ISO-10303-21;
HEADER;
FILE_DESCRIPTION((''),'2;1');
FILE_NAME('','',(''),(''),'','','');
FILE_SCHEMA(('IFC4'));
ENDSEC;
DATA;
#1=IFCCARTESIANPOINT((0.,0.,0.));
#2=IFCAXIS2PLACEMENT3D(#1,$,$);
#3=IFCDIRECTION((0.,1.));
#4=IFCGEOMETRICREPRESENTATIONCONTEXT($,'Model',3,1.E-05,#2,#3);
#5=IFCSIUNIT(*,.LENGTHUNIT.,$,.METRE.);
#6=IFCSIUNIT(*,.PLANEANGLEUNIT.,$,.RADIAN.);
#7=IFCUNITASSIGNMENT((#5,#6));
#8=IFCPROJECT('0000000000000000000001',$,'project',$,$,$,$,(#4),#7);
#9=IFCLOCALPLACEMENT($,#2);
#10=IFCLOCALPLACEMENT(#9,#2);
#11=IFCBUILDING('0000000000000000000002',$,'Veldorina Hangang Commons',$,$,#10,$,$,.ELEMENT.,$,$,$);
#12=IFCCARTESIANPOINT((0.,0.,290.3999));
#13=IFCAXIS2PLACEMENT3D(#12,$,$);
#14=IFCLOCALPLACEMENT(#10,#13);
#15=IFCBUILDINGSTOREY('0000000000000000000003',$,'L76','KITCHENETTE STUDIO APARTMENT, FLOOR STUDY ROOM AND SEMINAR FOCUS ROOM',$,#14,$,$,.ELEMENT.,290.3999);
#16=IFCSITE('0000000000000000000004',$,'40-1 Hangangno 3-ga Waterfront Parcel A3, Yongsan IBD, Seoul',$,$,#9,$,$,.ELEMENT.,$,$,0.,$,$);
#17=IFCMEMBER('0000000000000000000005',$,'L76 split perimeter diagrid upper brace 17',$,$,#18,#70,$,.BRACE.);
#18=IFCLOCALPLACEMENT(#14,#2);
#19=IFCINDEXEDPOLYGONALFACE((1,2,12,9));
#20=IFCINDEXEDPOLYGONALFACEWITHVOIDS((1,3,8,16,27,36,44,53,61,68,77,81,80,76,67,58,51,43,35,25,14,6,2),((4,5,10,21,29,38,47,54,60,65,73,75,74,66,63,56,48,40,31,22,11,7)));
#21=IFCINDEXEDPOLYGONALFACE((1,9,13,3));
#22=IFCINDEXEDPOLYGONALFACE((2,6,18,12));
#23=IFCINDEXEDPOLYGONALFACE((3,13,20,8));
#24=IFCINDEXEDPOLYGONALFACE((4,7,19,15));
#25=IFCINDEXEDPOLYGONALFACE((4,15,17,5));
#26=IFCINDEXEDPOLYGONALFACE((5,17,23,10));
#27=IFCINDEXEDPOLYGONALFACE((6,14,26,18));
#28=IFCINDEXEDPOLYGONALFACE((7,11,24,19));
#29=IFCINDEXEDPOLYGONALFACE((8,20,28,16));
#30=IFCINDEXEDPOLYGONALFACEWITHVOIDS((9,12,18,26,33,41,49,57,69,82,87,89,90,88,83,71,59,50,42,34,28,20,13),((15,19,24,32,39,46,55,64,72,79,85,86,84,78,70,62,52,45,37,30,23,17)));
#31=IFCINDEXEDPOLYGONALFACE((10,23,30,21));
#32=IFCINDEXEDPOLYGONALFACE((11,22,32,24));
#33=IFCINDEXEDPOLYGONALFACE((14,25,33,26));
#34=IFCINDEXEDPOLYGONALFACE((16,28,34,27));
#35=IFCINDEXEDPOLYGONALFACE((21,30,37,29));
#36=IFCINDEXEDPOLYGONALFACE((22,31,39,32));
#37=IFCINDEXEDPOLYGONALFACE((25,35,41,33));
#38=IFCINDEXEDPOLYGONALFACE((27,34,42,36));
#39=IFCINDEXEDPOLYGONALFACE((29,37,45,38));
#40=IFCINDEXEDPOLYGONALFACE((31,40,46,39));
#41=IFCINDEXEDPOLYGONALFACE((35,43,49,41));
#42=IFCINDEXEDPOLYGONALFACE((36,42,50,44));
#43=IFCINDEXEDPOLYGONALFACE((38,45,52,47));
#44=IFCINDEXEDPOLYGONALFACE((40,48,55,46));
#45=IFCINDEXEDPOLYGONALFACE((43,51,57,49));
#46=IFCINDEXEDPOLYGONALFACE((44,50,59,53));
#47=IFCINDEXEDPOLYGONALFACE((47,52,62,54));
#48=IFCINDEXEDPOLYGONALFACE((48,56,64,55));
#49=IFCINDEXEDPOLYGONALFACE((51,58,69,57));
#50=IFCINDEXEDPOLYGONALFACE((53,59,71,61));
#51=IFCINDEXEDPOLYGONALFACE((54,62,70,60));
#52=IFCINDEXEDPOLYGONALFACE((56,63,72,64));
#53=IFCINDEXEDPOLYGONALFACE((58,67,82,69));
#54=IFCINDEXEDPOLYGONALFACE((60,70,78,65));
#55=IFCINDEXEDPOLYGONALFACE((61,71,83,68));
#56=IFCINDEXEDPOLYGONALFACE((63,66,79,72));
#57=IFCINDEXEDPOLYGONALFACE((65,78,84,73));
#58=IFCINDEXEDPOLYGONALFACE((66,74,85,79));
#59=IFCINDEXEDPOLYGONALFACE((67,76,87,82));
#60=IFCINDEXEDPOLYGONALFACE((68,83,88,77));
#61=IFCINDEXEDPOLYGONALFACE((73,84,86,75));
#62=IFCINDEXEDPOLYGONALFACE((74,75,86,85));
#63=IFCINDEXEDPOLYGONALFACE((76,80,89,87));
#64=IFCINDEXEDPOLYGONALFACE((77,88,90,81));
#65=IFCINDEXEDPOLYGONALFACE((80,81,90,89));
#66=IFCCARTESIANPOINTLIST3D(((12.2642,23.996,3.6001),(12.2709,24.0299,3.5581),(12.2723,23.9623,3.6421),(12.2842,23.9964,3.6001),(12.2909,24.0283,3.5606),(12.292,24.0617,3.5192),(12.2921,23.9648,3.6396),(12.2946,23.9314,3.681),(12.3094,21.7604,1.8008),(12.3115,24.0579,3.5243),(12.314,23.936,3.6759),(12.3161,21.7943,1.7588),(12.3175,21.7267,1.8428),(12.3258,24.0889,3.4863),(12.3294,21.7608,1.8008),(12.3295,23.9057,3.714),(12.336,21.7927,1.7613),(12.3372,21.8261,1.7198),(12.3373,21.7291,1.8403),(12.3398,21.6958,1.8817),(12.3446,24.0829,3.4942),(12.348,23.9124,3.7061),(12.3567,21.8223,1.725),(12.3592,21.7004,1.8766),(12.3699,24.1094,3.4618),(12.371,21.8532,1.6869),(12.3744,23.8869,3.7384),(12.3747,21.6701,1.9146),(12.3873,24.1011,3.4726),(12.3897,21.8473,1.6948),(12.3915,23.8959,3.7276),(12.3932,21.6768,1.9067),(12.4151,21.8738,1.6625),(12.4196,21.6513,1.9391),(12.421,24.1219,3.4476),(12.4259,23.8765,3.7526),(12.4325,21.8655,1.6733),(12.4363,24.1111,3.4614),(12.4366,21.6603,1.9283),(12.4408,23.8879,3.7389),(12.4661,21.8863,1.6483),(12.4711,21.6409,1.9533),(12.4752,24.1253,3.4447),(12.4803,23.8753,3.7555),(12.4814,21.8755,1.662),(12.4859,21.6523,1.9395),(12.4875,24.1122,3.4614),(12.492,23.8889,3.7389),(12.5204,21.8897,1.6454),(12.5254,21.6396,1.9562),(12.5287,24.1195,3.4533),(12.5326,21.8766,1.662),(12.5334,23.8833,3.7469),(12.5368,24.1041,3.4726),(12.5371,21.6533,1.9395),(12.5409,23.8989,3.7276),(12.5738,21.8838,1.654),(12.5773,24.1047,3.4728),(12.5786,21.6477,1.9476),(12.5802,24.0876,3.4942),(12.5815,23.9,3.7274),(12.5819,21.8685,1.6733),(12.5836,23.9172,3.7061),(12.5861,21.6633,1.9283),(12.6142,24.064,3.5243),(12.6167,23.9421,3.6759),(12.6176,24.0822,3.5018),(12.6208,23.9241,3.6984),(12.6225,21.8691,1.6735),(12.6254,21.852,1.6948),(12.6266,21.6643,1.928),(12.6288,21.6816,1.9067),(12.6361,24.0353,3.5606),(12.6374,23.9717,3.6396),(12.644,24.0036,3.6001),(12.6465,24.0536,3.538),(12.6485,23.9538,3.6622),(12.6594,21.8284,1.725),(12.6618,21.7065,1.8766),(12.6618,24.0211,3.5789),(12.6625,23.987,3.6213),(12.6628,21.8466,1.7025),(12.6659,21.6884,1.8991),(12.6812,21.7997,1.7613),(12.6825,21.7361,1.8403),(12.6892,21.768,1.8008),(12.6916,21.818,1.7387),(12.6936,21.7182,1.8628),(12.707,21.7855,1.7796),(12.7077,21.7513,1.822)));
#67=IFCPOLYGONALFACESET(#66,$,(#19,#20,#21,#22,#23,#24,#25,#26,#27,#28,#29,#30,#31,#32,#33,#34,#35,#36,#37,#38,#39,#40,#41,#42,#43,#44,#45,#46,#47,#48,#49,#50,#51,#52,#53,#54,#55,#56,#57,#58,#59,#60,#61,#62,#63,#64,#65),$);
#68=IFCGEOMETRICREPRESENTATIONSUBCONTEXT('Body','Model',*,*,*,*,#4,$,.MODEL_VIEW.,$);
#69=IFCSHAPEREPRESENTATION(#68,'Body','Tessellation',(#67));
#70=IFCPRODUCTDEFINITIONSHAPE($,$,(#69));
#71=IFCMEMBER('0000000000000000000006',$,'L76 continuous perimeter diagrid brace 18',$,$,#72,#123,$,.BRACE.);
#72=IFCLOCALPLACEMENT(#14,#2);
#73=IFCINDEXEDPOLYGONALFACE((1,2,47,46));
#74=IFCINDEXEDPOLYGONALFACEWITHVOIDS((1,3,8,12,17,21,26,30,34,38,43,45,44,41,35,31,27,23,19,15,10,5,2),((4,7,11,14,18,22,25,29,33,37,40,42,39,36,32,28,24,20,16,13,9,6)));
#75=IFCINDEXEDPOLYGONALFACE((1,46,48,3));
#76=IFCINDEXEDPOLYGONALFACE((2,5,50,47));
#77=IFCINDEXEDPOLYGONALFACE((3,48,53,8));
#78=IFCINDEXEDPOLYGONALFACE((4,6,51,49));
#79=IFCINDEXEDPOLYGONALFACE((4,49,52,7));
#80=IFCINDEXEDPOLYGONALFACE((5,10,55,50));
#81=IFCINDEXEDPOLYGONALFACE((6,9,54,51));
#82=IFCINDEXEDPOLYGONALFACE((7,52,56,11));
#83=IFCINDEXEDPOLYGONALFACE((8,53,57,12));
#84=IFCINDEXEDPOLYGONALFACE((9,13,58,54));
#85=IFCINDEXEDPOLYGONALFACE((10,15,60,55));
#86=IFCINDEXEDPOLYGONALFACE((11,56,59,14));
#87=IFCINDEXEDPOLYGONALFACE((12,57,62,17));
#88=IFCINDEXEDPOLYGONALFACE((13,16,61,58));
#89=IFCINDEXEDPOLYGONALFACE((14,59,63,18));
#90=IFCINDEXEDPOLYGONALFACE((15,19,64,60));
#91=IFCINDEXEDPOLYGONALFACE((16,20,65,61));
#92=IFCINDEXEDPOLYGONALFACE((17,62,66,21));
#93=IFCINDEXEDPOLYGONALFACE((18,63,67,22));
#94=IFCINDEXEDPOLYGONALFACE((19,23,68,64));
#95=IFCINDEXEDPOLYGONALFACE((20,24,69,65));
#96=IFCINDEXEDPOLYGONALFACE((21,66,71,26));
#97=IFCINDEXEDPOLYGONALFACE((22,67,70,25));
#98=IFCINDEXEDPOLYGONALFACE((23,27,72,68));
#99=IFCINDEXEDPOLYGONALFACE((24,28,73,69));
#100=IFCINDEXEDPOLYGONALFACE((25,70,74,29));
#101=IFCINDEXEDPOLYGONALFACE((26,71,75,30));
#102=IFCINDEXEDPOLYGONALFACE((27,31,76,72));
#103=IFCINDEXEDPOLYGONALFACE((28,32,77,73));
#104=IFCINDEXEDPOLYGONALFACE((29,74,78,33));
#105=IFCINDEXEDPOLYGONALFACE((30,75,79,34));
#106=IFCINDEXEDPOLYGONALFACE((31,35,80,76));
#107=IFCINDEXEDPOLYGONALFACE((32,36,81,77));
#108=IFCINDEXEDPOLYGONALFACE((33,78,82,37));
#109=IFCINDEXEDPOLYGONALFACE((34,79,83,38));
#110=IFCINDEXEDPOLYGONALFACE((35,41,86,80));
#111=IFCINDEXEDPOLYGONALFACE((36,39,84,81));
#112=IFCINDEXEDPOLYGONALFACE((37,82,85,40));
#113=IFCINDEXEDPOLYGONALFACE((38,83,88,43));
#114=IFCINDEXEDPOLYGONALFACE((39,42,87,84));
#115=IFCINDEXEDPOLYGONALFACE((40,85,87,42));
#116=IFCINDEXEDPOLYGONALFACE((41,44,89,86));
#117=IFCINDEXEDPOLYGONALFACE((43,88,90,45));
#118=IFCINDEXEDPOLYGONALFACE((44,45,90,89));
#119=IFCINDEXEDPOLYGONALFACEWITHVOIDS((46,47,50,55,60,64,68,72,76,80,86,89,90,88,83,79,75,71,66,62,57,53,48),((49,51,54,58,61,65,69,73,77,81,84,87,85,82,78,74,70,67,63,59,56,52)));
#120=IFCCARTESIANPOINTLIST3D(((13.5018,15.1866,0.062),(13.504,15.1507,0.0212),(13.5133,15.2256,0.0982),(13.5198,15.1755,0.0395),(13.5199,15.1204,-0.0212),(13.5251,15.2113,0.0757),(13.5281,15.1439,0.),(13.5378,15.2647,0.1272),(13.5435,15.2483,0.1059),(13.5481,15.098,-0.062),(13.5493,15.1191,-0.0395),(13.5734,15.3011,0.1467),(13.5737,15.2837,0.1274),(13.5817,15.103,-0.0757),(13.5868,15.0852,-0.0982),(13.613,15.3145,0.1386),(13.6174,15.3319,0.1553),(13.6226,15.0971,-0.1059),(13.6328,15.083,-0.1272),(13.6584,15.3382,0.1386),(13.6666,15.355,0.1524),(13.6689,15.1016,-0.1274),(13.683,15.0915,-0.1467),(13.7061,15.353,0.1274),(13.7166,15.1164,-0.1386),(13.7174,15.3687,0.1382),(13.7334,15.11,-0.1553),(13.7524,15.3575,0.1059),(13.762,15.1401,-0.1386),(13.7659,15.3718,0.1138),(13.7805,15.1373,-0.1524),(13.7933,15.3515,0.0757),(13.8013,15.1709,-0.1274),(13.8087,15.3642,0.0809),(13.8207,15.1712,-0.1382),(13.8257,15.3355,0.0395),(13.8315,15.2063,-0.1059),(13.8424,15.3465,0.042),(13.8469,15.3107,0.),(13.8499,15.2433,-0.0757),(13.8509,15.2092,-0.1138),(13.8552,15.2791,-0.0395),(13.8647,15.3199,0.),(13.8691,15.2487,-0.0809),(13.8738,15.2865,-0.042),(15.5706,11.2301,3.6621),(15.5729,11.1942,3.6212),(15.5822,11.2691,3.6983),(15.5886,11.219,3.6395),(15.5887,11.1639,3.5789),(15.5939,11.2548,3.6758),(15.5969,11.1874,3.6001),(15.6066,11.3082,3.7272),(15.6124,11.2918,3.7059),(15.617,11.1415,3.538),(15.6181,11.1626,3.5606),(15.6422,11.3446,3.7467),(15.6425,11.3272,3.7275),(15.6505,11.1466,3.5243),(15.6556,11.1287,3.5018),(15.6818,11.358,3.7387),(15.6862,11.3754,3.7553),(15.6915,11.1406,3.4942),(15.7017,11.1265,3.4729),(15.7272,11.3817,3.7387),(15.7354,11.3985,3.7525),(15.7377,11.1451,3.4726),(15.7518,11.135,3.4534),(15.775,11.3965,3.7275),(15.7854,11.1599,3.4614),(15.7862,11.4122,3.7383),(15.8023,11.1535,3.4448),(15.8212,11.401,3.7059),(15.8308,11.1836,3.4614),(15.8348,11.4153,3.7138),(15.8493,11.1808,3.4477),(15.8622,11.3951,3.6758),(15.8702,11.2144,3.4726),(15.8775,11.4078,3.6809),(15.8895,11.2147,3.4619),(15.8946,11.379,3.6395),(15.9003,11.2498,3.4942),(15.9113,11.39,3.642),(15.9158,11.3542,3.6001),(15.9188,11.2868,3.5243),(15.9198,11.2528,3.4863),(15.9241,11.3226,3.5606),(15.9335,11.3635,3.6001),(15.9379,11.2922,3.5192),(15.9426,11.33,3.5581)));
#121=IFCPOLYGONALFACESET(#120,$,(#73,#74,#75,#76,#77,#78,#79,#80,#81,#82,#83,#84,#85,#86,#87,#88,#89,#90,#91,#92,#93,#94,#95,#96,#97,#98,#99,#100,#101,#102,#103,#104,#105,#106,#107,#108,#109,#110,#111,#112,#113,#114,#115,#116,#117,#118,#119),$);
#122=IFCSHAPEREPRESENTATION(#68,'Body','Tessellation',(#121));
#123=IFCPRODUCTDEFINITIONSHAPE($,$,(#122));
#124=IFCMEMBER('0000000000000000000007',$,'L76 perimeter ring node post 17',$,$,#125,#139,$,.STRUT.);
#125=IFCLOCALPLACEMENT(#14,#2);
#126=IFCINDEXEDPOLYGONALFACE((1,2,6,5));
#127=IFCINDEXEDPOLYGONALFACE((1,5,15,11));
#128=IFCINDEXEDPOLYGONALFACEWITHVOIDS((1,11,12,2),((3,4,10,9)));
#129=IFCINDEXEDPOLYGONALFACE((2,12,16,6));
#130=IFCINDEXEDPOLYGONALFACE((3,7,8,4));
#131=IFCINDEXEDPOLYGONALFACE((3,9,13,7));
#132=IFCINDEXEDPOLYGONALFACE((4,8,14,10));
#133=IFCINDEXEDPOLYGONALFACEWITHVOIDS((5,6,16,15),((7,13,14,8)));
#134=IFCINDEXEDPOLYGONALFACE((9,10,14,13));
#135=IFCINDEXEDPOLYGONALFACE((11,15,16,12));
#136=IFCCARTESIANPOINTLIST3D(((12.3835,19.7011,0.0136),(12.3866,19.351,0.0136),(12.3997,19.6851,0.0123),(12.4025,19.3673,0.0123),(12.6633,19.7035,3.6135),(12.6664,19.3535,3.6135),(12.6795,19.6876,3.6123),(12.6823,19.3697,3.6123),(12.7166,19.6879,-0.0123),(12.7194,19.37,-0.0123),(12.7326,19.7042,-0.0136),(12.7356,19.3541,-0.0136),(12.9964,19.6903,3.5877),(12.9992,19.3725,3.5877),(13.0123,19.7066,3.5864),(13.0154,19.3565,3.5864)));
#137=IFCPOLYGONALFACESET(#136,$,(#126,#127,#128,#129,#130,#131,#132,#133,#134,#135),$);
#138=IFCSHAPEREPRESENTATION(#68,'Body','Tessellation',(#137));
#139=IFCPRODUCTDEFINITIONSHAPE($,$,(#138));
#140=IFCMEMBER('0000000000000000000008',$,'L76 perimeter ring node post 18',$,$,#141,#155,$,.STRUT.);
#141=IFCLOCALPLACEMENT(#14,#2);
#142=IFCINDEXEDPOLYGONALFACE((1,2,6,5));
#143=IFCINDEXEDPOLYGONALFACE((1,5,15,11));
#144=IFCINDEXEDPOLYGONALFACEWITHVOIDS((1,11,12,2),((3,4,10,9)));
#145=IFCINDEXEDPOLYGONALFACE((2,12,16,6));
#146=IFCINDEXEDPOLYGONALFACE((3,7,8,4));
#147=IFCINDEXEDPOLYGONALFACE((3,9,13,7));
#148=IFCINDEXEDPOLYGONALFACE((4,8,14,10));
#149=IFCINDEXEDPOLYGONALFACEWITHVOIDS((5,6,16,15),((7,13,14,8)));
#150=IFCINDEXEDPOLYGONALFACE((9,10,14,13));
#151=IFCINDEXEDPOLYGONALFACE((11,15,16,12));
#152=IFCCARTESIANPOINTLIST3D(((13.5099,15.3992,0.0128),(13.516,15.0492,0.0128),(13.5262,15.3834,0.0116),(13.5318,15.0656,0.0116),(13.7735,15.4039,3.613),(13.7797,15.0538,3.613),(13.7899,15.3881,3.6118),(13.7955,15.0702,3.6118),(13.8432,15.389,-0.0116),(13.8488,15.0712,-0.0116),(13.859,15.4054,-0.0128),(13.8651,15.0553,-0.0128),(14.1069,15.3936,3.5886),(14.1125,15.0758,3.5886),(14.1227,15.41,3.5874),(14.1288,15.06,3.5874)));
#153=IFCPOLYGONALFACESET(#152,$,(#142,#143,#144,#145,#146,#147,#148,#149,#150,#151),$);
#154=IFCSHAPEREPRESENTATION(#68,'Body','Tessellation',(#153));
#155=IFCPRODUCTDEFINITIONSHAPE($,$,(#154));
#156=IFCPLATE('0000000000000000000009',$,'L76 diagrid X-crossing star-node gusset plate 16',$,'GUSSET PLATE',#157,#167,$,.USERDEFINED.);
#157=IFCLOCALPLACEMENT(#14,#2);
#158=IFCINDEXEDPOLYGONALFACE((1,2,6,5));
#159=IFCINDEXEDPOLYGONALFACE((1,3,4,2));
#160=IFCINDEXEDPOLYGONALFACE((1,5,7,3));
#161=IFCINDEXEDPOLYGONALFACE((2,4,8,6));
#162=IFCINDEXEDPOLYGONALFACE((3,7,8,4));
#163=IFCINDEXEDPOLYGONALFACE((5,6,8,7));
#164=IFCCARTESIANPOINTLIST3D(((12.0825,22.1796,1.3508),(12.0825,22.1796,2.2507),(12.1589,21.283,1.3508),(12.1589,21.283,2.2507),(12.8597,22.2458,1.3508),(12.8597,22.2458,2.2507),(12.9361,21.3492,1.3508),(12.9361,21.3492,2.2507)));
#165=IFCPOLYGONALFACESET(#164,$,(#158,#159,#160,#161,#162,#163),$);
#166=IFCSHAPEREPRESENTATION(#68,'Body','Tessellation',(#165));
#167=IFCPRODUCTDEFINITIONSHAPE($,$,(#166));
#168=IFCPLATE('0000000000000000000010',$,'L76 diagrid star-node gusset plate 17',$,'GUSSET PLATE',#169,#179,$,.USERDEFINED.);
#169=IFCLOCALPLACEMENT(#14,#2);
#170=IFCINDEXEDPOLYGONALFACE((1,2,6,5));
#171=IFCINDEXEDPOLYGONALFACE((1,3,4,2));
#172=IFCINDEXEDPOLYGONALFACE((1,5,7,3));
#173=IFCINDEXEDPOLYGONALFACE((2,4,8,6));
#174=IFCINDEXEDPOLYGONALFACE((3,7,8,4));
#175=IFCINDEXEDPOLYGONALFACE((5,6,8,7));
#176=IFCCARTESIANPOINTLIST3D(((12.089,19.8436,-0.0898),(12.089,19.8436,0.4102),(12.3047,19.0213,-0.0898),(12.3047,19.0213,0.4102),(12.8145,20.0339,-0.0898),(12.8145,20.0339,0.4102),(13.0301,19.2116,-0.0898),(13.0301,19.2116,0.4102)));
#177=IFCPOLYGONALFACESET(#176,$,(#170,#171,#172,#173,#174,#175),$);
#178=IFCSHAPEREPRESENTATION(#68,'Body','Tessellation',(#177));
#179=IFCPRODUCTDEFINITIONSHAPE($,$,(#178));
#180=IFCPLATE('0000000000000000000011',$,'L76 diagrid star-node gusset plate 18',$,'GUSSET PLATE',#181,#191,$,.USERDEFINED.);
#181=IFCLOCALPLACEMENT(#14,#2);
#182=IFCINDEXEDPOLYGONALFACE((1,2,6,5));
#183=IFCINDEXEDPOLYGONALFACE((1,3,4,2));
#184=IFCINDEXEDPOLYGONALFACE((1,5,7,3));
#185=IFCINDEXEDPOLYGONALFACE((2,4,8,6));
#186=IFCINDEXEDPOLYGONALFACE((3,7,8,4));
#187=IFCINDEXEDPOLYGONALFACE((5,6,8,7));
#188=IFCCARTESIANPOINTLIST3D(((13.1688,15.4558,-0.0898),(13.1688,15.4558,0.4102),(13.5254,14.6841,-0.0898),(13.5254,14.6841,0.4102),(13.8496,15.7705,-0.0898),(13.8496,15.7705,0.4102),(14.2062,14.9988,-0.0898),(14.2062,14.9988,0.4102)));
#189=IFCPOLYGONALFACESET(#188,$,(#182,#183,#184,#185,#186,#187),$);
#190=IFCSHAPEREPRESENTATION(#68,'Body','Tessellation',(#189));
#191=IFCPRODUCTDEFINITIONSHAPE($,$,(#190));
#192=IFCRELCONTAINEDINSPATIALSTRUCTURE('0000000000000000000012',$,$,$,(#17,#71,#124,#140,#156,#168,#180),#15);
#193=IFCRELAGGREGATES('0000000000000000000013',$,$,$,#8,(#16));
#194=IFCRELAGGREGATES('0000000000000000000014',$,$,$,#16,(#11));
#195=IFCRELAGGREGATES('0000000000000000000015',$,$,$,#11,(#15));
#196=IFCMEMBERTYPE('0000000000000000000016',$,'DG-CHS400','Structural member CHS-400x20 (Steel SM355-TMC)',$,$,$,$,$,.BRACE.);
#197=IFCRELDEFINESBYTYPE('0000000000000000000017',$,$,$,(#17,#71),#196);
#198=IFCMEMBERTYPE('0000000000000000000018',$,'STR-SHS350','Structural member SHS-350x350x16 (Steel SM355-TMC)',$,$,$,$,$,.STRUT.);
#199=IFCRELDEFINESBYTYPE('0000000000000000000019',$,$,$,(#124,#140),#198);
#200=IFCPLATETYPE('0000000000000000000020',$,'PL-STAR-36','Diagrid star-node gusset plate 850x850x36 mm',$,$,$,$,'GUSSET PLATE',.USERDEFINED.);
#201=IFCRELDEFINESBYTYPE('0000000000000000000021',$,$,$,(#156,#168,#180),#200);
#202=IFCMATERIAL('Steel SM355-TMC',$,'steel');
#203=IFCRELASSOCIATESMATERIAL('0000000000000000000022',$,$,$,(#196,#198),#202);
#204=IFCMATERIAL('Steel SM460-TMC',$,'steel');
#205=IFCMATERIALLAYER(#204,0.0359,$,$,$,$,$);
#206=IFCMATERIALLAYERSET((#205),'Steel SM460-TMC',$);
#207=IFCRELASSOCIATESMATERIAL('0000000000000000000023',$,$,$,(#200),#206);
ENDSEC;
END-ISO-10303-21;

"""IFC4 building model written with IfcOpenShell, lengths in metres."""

from ifc_helpers import new_model, si_unit, direction, frame, origin, origin_2d, place, context, subcontext, project, spatial, rectangle, hollow_rectangle, hollow_circle, extrude, material, layer, layer_set, material_profile, profile_set, type_object, element, save


model = new_model("IFC4")

# Units and contexts
model_context = context("Model", 3, precision=1e-05, world=origin(), true_north=direction((0.0, 1.0)))
body_context = subcontext(model_context, "Body", "Model", "MODEL_VIEW")
ifc_project = project(units=[si_unit("LENGTHUNIT", "METRE"), si_unit("PLANEANGLEUNIT", "RADIAN")], contexts=[model_context])

# Site, building, storey
site_placement = place(None, origin())
site = spatial("IfcSite", under=ifc_project, at=site_placement, Name="40-1 Hangangno 3-ga Waterfront Parcel A3, Yongsan IBD, Seoul", CompositionType="ELEMENT", RefElevation=0.0)
building_placement = place(site_placement, origin())
building = spatial("IfcBuilding", under=site, at=building_placement, Name="Veldorina Hangang Commons", CompositionType="ELEMENT")
storey_placement = place(building_placement, frame((0.0, 0.0, 290.3999)))
storey = spatial("IfcBuildingStorey", under=building, at=storey_placement, Name="L76", Description="KITCHENETTE STUDIO APARTMENT, FLOOR STUDY ROOM AND SEMINAR FOCUS ROOM", CompositionType="ELEMENT", Elevation=290.3999)

# Shared definitions
ifc_material_1 = material(Name="Steel SM355-TMC", Category="steel")

# Members
ifc_material_profile_1 = material_profile(ifc_material_1, hollow_circle(Radius=0.2, WallThickness=0.02, at=origin_2d()), Name="CHS-400x20")
ifc_profile_set_1 = profile_set([ifc_material_profile_1], Name="Steel SM355-TMC")
member_type_1 = type_object("IfcMemberType", Name="DG-CHS400", Description="Structural member CHS-400x20 (Steel SM355-TMC)", PredefinedType="BRACE", material=ifc_profile_set_1)
member_1_placement = place(storey_placement, frame((12.5093, 21.7644, 1.8008), z_axis=(-0.015737, 0.778926, 0.626918), x_axis=(-0.999796, -0.020199, 0.0)))
element("IfcMember", 1, at=member_1_placement, inside=storey, type_object=member_type_1, Name="L76 split perimeter diagrid upper brace 17", PredefinedType="BRACE", context=body_context, shape_type="SweptSolid", body=[
    extrude(hollow_circle(Radius=0.2, WallThickness=0.02, at=origin_2d()), origin(), (0.0, 0.0, 1.0), 2.8701),
])
member_2_placement = place(storey_placement, frame((13.6875, 15.2273, 0.0), z_axis=(0.360714, -0.689843, 0.627695), x_axis=(0.886165, 0.463369, 0.0)))
element("IfcMember", 2, at=member_2_placement, inside=storey, type_object=member_type_1, Name="L76 continuous perimeter diagrid brace 18", PredefinedType="BRACE", context=body_context, shape_type="SweptSolid", body=[
    extrude(hollow_circle(Radius=0.2, WallThickness=0.02, at=origin_2d()), origin(), (0.0, 0.0, 1.0), 5.7354),
])
ifc_material_profile_2 = material_profile(ifc_material_1, hollow_rectangle(XDim=0.3501, YDim=0.3501, WallThickness=0.0161, at=origin_2d()), Name="SHS-350x350x16")
ifc_profile_set_2 = profile_set([ifc_material_profile_2], Name="Steel SM355-TMC")
member_type_2 = type_object("IfcMemberType", Name="STR-SHS350", Description="Structural member SHS-350x350x16 (Steel SM355-TMC)", PredefinedType="STRUT", material=ifc_profile_set_2)
member_3_placement = place(storey_placement, frame((12.5596, 19.5276, 0.0), z_axis=(0.077482, 0.000676, 0.996993), x_axis=(-0.008726, 0.999962, 0.0)))
element("IfcMember", 3, at=member_3_placement, inside=storey, type_object=member_type_2, Name="L76 perimeter ring node post 17", PredefinedType="STRUT", context=body_context, shape_type="SweptSolid", body=[
    extrude(hollow_rectangle(XDim=0.3501, YDim=0.3501, WallThickness=0.0161, at=origin_2d()), origin(), (0.0, 0.0, 1.0), 3.6108),
])
member_4_placement = place(storey_placement, frame((13.6875, 15.2273, 0.0), z_axis=(0.073044, 0.001285, 0.997328), x_axis=(-0.01759, 0.999845, 0.0)))
element("IfcMember", 4, at=member_4_placement, inside=storey, type_object=member_type_2, Name="L76 perimeter ring node post 18", PredefinedType="STRUT", context=body_context, shape_type="SweptSolid", body=[
    extrude(hollow_rectangle(XDim=0.3501, YDim=0.3501, WallThickness=0.0161, at=origin_2d()), origin(), (0.0, 0.0, 1.0), 3.6099),
])

# Plates
ifc_material_2 = material(Name="Steel SM460-TMC", Category="steel")
ifc_layer_1 = layer(ifc_material_2, 0.0359)
ifc_layer_set_1 = layer_set([ifc_layer_1], Name="Steel SM460-TMC")
plate_type = type_object("IfcPlateType", Name="PL-STAR-36", Description="Diagrid star-node gusset plate 850x850x36 mm", ElementType="GUSSET PLATE", PredefinedType="USERDEFINED", material=ifc_layer_set_1)
plate_1_placement = place(storey_placement, frame((12.5093, 21.7644, 1.3508), z_axis=(0.0, 0.0, 1.0), x_axis=(0.08486, -0.996393, 0.0)))
element("IfcPlate", 5, at=plate_1_placement, inside=storey, type_object=plate_type, Name="L76 diagrid X-crossing star-node gusset plate 16", ObjectType="GUSSET PLATE", PredefinedType="USERDEFINED", context=body_context, shape_type="SweptSolid", body=[
    extrude(rectangle(XDim=0.8999, YDim=0.78, at=origin_2d()), origin(), (0.0, 0.0, 1.0), 0.8999),
])
for number, where, z_axis, x_axis, name in (
    (6, (12.5596, 19.5276, -0.0898), (0.0, 0.0, 1.0), (0.25369, -0.967285, 0.0), "L76 diagrid star-node gusset plate 17"),
    (7, (13.6875, 15.2273, -0.0898), (0.0, 0.0, 1.0), (0.419531, -0.907741, 0.0), "L76 diagrid star-node gusset plate 18"),
):
    element("IfcPlate", number, at=place(storey_placement, frame(where, z_axis=z_axis, x_axis=x_axis)), inside=storey, type_object=plate_type, Name=name, ObjectType="GUSSET PLATE", PredefinedType="USERDEFINED", context=body_context, shape_type="SweptSolid", body=[
        extrude(rectangle(XDim=0.8501, YDim=0.75, at=origin_2d()), origin(), (0.0, 0.0, 1.0), 0.5),
    ])

save(model, "model.ifc")
